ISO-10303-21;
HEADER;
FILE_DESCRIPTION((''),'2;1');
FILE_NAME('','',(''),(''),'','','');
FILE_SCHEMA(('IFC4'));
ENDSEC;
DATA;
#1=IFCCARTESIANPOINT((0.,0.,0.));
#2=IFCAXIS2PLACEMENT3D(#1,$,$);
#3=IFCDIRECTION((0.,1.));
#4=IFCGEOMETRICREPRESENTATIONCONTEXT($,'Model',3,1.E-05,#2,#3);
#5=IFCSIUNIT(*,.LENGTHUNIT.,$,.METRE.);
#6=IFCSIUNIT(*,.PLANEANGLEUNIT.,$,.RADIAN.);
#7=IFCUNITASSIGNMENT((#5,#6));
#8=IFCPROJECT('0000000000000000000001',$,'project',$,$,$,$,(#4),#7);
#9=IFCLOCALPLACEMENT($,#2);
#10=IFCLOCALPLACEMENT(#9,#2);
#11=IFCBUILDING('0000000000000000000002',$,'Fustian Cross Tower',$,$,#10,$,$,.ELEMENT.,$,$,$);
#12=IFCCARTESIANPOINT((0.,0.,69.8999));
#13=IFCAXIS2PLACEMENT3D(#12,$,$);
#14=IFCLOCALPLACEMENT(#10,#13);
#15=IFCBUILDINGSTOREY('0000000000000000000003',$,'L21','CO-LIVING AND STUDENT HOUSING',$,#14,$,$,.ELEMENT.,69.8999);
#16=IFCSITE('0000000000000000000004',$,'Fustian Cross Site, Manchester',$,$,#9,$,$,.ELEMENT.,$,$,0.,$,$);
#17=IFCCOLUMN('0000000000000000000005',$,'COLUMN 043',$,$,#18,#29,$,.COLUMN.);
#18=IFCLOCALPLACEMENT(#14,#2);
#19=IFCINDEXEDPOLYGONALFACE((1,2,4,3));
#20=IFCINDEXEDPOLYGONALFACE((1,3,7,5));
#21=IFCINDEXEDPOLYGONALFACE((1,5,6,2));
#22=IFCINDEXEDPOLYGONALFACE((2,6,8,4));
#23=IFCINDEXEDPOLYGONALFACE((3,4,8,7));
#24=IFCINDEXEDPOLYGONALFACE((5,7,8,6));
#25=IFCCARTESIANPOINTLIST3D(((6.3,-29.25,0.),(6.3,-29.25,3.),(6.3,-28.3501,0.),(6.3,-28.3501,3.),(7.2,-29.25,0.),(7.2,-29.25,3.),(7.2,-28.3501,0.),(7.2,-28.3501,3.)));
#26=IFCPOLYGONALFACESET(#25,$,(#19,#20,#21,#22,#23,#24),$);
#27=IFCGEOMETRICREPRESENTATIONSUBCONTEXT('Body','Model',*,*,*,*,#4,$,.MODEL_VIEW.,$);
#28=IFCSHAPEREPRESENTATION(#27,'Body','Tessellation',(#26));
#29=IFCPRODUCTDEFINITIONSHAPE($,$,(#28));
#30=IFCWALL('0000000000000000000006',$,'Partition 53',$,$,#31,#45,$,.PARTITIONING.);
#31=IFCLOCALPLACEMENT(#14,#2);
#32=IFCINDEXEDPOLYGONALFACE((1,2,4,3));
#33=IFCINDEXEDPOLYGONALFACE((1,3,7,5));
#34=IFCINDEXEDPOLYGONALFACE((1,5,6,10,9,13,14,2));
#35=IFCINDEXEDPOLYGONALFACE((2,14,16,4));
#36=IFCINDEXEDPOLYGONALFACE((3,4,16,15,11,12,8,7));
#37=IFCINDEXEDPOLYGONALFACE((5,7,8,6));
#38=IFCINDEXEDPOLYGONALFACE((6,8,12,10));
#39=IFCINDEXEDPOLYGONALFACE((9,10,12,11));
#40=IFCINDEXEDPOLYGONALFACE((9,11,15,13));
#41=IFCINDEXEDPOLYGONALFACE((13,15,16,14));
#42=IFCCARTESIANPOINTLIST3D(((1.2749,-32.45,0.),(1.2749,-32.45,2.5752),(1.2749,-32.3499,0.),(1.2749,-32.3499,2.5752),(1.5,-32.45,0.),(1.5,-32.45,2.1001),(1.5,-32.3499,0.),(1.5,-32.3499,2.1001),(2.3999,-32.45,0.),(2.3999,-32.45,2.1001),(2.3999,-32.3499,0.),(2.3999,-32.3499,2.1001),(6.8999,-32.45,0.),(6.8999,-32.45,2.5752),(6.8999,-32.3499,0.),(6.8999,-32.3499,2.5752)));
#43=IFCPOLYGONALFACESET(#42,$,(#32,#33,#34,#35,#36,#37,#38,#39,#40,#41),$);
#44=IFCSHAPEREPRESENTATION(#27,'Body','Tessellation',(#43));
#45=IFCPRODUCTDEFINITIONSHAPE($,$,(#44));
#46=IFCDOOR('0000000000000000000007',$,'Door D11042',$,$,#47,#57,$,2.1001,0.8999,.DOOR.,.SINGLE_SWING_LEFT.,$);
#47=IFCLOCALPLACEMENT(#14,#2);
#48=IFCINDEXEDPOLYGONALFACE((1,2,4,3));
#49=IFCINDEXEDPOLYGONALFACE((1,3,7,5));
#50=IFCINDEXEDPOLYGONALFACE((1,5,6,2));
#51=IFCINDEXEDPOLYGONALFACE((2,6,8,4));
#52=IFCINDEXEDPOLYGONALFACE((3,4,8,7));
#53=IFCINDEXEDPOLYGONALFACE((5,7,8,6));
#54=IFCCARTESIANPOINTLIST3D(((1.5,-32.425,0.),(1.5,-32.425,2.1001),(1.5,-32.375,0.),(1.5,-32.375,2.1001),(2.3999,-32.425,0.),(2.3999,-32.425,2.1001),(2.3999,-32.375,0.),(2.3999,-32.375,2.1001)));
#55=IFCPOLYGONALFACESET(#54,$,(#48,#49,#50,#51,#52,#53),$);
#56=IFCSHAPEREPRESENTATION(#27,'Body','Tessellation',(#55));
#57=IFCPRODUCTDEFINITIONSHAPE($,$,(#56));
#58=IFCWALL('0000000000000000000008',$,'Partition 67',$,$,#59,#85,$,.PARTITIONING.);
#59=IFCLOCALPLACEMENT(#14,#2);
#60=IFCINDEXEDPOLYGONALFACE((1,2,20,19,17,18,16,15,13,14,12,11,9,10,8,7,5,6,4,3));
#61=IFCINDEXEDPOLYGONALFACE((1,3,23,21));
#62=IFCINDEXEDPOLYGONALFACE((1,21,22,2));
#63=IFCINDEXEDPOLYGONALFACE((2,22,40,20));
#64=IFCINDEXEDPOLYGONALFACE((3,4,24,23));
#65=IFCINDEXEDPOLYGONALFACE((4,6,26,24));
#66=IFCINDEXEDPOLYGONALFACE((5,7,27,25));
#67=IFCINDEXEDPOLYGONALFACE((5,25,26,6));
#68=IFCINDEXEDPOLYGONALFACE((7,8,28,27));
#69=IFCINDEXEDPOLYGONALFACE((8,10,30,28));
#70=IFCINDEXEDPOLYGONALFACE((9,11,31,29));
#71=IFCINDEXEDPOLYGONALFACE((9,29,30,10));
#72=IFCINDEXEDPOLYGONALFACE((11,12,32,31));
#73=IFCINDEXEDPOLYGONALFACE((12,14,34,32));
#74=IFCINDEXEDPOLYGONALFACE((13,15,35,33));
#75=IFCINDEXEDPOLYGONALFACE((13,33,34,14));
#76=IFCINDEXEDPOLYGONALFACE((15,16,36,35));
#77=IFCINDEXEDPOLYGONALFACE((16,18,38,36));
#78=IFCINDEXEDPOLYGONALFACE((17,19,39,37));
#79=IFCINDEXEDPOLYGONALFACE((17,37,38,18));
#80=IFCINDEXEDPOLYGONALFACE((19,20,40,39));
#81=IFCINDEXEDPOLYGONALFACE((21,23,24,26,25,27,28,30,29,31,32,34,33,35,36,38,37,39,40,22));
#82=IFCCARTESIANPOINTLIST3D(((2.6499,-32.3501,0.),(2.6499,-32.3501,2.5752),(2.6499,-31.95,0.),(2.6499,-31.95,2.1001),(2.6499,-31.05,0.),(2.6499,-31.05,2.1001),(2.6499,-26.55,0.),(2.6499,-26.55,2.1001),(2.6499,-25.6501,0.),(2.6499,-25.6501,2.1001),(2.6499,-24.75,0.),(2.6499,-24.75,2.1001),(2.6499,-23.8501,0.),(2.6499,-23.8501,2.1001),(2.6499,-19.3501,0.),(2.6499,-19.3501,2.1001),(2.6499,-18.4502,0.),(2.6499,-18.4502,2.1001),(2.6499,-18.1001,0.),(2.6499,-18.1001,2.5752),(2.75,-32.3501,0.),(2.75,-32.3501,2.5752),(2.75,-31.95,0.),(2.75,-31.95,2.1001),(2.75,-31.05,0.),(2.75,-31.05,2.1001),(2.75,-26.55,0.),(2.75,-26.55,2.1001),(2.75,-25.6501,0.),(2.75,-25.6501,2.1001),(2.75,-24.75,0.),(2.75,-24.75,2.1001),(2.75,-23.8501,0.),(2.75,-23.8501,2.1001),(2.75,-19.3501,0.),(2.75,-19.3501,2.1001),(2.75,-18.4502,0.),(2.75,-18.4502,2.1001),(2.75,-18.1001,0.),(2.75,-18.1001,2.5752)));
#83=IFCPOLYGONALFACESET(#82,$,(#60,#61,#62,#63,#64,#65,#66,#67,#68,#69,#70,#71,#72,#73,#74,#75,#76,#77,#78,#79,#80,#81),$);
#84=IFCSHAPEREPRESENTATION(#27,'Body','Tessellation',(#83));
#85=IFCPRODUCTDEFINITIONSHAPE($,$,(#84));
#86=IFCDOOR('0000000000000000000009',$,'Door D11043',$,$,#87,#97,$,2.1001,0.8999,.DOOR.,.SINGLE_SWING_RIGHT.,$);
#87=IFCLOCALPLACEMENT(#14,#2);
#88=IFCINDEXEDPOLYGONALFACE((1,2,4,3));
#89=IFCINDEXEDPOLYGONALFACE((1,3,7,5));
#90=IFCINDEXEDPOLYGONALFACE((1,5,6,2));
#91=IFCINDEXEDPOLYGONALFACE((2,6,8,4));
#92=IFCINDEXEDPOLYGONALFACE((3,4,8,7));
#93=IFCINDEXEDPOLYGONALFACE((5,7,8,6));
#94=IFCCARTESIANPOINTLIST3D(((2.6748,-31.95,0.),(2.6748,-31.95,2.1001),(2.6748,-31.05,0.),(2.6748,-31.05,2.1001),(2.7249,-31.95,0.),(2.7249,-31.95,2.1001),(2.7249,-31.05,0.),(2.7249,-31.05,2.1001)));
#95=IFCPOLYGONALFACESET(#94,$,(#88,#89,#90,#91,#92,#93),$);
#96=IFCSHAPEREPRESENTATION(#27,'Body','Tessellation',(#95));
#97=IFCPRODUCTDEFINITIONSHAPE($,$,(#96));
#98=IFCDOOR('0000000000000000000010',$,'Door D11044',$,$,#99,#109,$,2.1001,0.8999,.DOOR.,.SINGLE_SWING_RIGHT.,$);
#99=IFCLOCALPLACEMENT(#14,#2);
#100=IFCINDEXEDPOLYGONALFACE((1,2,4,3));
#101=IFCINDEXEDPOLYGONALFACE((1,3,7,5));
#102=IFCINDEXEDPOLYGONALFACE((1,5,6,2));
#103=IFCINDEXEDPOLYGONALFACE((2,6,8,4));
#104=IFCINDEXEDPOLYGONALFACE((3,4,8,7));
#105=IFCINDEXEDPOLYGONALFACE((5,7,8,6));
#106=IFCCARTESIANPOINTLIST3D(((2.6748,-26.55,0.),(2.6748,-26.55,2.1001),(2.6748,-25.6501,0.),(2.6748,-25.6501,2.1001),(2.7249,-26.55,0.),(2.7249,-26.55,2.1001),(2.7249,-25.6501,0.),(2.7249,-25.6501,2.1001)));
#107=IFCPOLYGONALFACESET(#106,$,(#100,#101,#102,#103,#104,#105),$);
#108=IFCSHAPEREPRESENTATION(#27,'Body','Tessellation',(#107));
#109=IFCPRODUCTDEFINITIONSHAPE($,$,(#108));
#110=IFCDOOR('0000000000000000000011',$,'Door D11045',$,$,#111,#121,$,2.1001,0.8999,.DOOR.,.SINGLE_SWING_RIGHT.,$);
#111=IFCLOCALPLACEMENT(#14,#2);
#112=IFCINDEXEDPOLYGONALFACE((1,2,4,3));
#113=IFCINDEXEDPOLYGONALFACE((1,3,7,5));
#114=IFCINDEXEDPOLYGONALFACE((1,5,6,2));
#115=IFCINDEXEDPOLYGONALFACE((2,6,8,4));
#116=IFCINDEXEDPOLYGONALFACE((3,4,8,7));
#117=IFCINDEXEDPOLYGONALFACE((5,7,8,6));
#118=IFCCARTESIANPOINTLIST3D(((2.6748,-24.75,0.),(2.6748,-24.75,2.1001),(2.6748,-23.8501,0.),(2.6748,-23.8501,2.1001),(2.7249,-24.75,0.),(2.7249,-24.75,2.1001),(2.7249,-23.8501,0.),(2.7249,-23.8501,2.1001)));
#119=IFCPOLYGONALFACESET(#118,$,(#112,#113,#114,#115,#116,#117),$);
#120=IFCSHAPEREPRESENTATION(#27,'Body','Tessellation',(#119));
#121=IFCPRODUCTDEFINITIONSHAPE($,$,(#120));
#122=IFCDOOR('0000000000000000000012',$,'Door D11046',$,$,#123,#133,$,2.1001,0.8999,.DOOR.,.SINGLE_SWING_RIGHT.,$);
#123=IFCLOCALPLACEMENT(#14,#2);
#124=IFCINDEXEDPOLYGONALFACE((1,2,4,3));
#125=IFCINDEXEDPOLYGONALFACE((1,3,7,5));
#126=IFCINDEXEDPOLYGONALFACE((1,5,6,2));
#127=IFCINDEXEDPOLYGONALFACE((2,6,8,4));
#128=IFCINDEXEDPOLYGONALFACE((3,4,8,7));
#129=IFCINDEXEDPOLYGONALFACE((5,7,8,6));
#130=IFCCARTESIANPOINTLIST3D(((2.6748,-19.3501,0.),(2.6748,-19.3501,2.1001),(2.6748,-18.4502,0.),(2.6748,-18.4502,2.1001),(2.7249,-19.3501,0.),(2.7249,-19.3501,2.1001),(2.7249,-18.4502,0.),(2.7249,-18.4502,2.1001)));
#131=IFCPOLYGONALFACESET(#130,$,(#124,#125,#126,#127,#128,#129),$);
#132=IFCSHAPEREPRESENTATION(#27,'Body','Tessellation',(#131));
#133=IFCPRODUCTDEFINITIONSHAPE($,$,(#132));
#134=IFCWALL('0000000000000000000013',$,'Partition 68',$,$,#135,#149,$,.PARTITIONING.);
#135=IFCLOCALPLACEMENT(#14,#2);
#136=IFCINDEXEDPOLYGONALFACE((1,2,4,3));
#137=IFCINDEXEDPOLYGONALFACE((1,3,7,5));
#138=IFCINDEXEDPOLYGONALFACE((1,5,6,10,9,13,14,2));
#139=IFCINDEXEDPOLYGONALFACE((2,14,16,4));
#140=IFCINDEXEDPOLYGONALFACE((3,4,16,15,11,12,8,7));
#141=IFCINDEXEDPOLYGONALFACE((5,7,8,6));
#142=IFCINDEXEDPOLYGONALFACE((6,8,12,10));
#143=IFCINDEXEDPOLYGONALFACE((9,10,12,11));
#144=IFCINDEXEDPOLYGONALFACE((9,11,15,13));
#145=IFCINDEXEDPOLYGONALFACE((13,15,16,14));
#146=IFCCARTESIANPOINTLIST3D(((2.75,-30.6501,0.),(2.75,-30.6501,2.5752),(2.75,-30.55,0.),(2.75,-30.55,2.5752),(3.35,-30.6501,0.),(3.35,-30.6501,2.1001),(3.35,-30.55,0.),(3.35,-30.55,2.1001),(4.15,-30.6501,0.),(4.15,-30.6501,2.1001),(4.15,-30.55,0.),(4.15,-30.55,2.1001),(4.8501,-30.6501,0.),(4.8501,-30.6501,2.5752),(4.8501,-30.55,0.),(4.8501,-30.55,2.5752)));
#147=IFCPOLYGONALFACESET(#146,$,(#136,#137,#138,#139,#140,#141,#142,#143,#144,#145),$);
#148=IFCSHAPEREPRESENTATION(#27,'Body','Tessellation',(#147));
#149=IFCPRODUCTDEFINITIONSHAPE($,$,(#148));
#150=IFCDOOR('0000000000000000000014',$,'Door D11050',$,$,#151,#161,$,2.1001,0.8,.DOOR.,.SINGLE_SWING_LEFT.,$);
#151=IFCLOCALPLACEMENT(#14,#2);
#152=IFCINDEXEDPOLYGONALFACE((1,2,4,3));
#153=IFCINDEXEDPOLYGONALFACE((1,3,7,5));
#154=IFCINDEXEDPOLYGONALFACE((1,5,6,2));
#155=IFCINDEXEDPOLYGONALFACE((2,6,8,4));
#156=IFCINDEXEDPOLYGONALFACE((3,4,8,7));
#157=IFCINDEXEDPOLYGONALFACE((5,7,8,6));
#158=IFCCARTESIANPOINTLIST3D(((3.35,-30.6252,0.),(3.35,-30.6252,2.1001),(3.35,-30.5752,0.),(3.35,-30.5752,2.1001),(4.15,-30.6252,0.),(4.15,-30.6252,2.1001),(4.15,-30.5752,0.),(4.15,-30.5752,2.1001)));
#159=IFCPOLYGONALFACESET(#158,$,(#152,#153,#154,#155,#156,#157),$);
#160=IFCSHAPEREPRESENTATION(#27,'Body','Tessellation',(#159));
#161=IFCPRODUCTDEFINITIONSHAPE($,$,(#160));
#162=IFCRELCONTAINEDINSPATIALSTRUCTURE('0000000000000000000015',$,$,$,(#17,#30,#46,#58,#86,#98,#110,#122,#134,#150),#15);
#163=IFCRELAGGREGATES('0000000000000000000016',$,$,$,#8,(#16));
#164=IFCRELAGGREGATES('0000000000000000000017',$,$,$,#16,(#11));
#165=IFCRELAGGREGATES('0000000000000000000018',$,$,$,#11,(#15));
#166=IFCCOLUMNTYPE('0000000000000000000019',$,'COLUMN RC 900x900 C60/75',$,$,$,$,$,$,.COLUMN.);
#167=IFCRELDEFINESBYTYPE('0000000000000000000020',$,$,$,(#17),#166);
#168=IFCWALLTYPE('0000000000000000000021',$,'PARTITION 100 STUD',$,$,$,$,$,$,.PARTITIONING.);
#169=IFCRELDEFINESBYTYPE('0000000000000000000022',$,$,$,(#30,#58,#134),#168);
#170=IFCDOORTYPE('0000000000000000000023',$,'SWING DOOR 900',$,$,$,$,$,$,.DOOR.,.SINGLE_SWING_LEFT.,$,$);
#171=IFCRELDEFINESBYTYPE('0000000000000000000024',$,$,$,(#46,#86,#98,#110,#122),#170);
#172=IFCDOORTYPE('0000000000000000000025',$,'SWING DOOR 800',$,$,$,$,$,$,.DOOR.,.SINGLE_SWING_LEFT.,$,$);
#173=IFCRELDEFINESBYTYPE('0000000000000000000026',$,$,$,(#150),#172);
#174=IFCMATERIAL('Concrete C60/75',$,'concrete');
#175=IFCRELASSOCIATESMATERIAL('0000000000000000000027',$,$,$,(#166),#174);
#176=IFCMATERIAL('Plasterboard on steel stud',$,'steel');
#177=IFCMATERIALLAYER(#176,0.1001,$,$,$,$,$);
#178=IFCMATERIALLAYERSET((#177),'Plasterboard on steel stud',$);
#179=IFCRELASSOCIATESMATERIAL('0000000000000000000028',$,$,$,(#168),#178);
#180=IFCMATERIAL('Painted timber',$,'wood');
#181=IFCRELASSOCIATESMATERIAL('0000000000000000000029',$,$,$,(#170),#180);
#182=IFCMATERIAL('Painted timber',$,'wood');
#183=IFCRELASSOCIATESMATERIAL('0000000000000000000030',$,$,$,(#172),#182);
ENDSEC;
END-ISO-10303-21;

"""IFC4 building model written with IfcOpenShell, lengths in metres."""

from ifc_helpers import new_model, si_unit, direction, frame, frame_2d, origin, origin_2d, place, context, subcontext, project, spatial, rectangle, extrude, material, layer, layer_set, material_profile, profile_set, type_object, element, fill, save


model = new_model("IFC4")

# Units and contexts
model_context = context("Model", 3, precision=1e-05, world=origin(), true_north=direction((0.0, 1.0)))
body_context = subcontext(model_context, "Body", "Model", "MODEL_VIEW")
ifc_project = project(units=[si_unit("LENGTHUNIT", "METRE"), si_unit("PLANEANGLEUNIT", "RADIAN")], contexts=[model_context])

# Site, building, storey
site_placement = place(None, origin())
site = spatial("IfcSite", under=ifc_project, at=site_placement, Name="Fustian Cross Site, Manchester", CompositionType="ELEMENT", RefElevation=0.0)
building_placement = place(site_placement, origin())
building = spatial("IfcBuilding", under=site, at=building_placement, Name="Fustian Cross Tower", CompositionType="ELEMENT")
storey_placement = place(building_placement, frame((0.0, 0.0, 69.8999)))
storey = spatial("IfcBuildingStorey", under=building, at=storey_placement, Name="L21", Description="CO-LIVING AND STUDENT HOUSING", CompositionType="ELEMENT", Elevation=69.8999)

# Column
ifc_material_1 = material(Name="Concrete C60/75", Category="concrete")
ifc_material_profile = material_profile(ifc_material_1, rectangle(XDim=0.8999, YDim=0.8999, at=origin_2d()), Name="RC 900x900")
ifc_profile_set = profile_set([ifc_material_profile], Name="Concrete C60/75")
column_type = type_object("IfcColumnType", Name="COLUMN RC 900x900 C60/75", PredefinedType="COLUMN", material=ifc_profile_set)
column_placement = place(storey_placement, frame((6.75, -28.8, 0.0), z_axis=(0.0, 0.0, 1.0), x_axis=(1.0, 0.0, 0.0)))
element("IfcColumn", 1, at=column_placement, inside=storey, type_object=column_type, Name="COLUMN 043", PredefinedType="COLUMN", context=body_context, shape_type="SweptSolid", body=[
    extrude(rectangle(XDim=0.8999, YDim=0.8999, at=origin_2d()), origin(), (0.0, 0.0, 1.0), 3.0),
])

# Wall, opening, door
ifc_material_2 = material(Name="Plasterboard on steel stud", Category="steel")
ifc_layer = layer(ifc_material_2, 0.1001)
ifc_layer_set = layer_set([ifc_layer], Name="Plasterboard on steel stud")
wall_type = type_object("IfcWallType", Name="PARTITION 100 STUD", PredefinedType="PARTITIONING", material=ifc_layer_set)
wall_1_placement = place(storey_placement, frame((1.2749, -32.3999, 0.0), z_axis=(0.0, 0.0, 1.0), x_axis=(1.0, 0.0, 0.0)))
wall_1 = element("IfcWall", 2, at=wall_1_placement, inside=storey, type_object=wall_type, Name="Partition 53", PredefinedType="PARTITIONING", context=body_context, shape_type="SweptSolid", body=[
    extrude(rectangle(XDim=5.625, YDim=0.1001, at=frame_2d((2.8125, 0.0))), origin(), (0.0, 0.0, 1.0), 2.5752),
])
opening_1_placement = place(wall_1_placement, frame((0.2251, 0.0, 0.0)))
opening_1 = element("IfcOpeningElement", 3, at=opening_1_placement, cuts=wall_1, PredefinedType="OPENING", context=body_context, shape_type="SweptSolid", body=[
    extrude(rectangle(XDim=0.8999, YDim=2.1001, at=frame_2d((0.45, 1.05))), frame((0.0, 0.0601, 0.0), z_axis=(0.0, -1.0, 0.0), x_axis=(1.0, 0.0, 0.0)), (0.0, 0.0, 1.0), 0.1201),
])
ifc_material_3 = material(Name="Painted timber", Category="wood")
door_type_1 = type_object("IfcDoorType", Name="SWING DOOR 900", OperationType="SINGLE_SWING_LEFT", PredefinedType="DOOR", material=ifc_material_3)
door_1_placement = place(opening_1_placement, origin())
door_1 = element("IfcDoor", 4, at=door_1_placement, inside=storey, type_object=door_type_1, Name="Door D11042", OperationType="SINGLE_SWING_LEFT", OverallHeight=2.1001, OverallWidth=0.8999, PredefinedType="DOOR", context=body_context, shape_type="SweptSolid", body=[
    extrude(rectangle(XDim=0.8999, YDim=2.1001, at=frame_2d((0.45, 1.05))), frame((0.0, 0.0249, 0.0), z_axis=(0.0, -1.0, 0.0), x_axis=(1.0, 0.0, 0.0)), (0.0, 0.0, 1.0), 0.05),
])
fill(opening_1, door_1)

# Wall, openings, doors
wall_2_placement = place(storey_placement, frame((2.7, -32.3501, 0.0), z_axis=(0.0, 0.0, 1.0), x_axis=(0.0, 1.0, 0.0)))
wall_2 = element("IfcWall", 5, at=wall_2_placement, inside=storey, type_object=wall_type, Name="Partition 67", PredefinedType="PARTITIONING", context=body_context, shape_type="SweptSolid", body=[
    extrude(rectangle(XDim=14.25, YDim=0.1001, at=frame_2d((7.125, 0.0))), origin(), (0.0, 0.0, 1.0), 2.5752),
])
opening_2_placement = place(wall_2_placement, frame((0.4001, 0.0, 0.0)))
opening_2 = element("IfcOpeningElement", 6, at=opening_2_placement, cuts=wall_2, PredefinedType="OPENING", context=body_context, shape_type="SweptSolid", body=[
    extrude(rectangle(XDim=0.8999, YDim=2.1001, at=frame_2d((0.45, 1.05))), frame((0.0, 0.0601, 0.0), z_axis=(0.0, -1.0, 0.0), x_axis=(1.0, 0.0, 0.0)), (0.0, 0.0, 1.0), 0.1201),
])
opening_3_placement = place(wall_2_placement, frame((5.8, 0.0, 0.0)))
opening_3 = element("IfcOpeningElement", 7, at=opening_3_placement, cuts=wall_2, PredefinedType="OPENING", context=body_context, shape_type="SweptSolid", body=[
    extrude(rectangle(XDim=0.8999, YDim=2.1001, at=frame_2d((0.45, 1.05))), frame((0.0, 0.0601, 0.0), z_axis=(0.0, -1.0, 0.0), x_axis=(1.0, 0.0, 0.0)), (0.0, 0.0, 1.0), 0.1201),
])
opening_4_placement = place(wall_2_placement, frame((7.6001, 0.0, 0.0)))
opening_4 = element("IfcOpeningElement", 8, at=opening_4_placement, cuts=wall_2, PredefinedType="OPENING", context=body_context, shape_type="SweptSolid", body=[
    extrude(rectangle(XDim=0.8999, YDim=2.1001, at=frame_2d((0.45, 1.05))), frame((0.0, 0.0601, 0.0), z_axis=(0.0, -1.0, 0.0), x_axis=(1.0, 0.0, 0.0)), (0.0, 0.0, 1.0), 0.1201),
])
opening_5_placement = place(wall_2_placement, frame((13.0, 0.0, 0.0)))
opening_5 = element("IfcOpeningElement", 9, at=opening_5_placement, cuts=wall_2, PredefinedType="OPENING", context=body_context, shape_type="SweptSolid", body=[
    extrude(rectangle(XDim=0.8999, YDim=2.1001, at=frame_2d((0.45, 1.05))), frame((0.0, 0.0601, 0.0), z_axis=(0.0, -1.0, 0.0), x_axis=(1.0, 0.0, 0.0)), (0.0, 0.0, 1.0), 0.1201),
])
door_2_placement = place(opening_2_placement, frame((0.8999, 0.0, 0.0), z_axis=(0.0, 0.0, 1.0), x_axis=(-1.0, 0.0, 0.0)))
door_2 = element("IfcDoor", 10, at=door_2_placement, inside=storey, type_object=door_type_1, Name="Door D11043", OperationType="SINGLE_SWING_RIGHT", OverallHeight=2.1001, OverallWidth=0.8999, PredefinedType="DOOR", context=body_context, shape_type="SweptSolid", body=[
    extrude(rectangle(XDim=0.8999, YDim=2.1001, at=frame_2d((0.45, 1.05))), frame((0.0, 0.0249, 0.0), z_axis=(0.0, -1.0, 0.0), x_axis=(1.0, 0.0, 0.0)), (0.0, 0.0, 1.0), 0.05),
])
fill(opening_2, door_2)
door_3_placement = place(opening_3_placement, frame((0.8999, 0.0, 0.0), z_axis=(0.0, 0.0, 1.0), x_axis=(-1.0, 0.0, 0.0)))
door_3 = element("IfcDoor", 11, at=door_3_placement, inside=storey, type_object=door_type_1, Name="Door D11044", OperationType="SINGLE_SWING_RIGHT", OverallHeight=2.1001, OverallWidth=0.8999, PredefinedType="DOOR", context=body_context, shape_type="SweptSolid", body=[
    extrude(rectangle(XDim=0.8999, YDim=2.1001, at=frame_2d((0.45, 1.05))), frame((0.0, 0.0249, 0.0), z_axis=(0.0, -1.0, 0.0), x_axis=(1.0, 0.0, 0.0)), (0.0, 0.0, 1.0), 0.05),
])
fill(opening_3, door_3)
door_4_placement = place(opening_4_placement, frame((0.8999, 0.0, 0.0), z_axis=(0.0, 0.0, 1.0), x_axis=(-1.0, 0.0, 0.0)))
door_4 = element("IfcDoor", 12, at=door_4_placement, inside=storey, type_object=door_type_1, Name="Door D11045", OperationType="SINGLE_SWING_RIGHT", OverallHeight=2.1001, OverallWidth=0.8999, PredefinedType="DOOR", context=body_context, shape_type="SweptSolid", body=[
    extrude(rectangle(XDim=0.8999, YDim=2.1001, at=frame_2d((0.45, 1.05))), frame((0.0, 0.0249, 0.0), z_axis=(0.0, -1.0, 0.0), x_axis=(1.0, 0.0, 0.0)), (0.0, 0.0, 1.0), 0.05),
])
fill(opening_4, door_4)
door_5_placement = place(opening_5_placement, frame((0.8999, 0.0, 0.0), z_axis=(0.0, 0.0, 1.0), x_axis=(-1.0, 0.0, 0.0)))
door_5 = element("IfcDoor", 13, at=door_5_placement, inside=storey, type_object=door_type_1, Name="Door D11046", OperationType="SINGLE_SWING_RIGHT", OverallHeight=2.1001, OverallWidth=0.8999, PredefinedType="DOOR", context=body_context, shape_type="SweptSolid", body=[
    extrude(rectangle(XDim=0.8999, YDim=2.1001, at=frame_2d((0.45, 1.05))), frame((0.0, 0.0249, 0.0), z_axis=(0.0, -1.0, 0.0), x_axis=(1.0, 0.0, 0.0)), (0.0, 0.0, 1.0), 0.05),
])
fill(opening_5, door_5)

# Wall, opening, door
wall_3_placement = place(storey_placement, frame((2.75, -30.6001, 0.0), z_axis=(0.0, 0.0, 1.0), x_axis=(1.0, 0.0, 0.0)))
wall_3 = element("IfcWall", 14, at=wall_3_placement, inside=storey, type_object=wall_type, Name="Partition 68", PredefinedType="PARTITIONING", context=body_context, shape_type="SweptSolid", body=[
    extrude(rectangle(XDim=2.1001, YDim=0.1001, at=frame_2d((1.05, 0.0))), origin(), (0.0, 0.0, 1.0), 2.5752),
])
opening_6_placement = place(wall_3_placement, frame((0.6001, 0.0, 0.0)))
opening_6 = element("IfcOpeningElement", 15, at=opening_6_placement, cuts=wall_3, PredefinedType="OPENING", context=body_context, shape_type="SweptSolid", body=[
    extrude(rectangle(XDim=0.8, YDim=2.1001, at=frame_2d((0.3999, 1.05))), frame((0.0, 0.0601, 0.0), z_axis=(0.0, -1.0, 0.0), x_axis=(1.0, 0.0, 0.0)), (0.0, 0.0, 1.0), 0.1201),
])
ifc_material_4 = material(Name="Painted timber", Category="wood")
door_type_2 = type_object("IfcDoorType", Name="SWING DOOR 800", OperationType="SINGLE_SWING_LEFT", PredefinedType="DOOR", material=ifc_material_4)
door_6_placement = place(opening_6_placement, origin())
door_6 = element("IfcDoor", 16, at=door_6_placement, inside=storey, type_object=door_type_2, Name="Door D11050", OperationType="SINGLE_SWING_LEFT", OverallHeight=2.1001, OverallWidth=0.8, PredefinedType="DOOR", context=body_context, shape_type="SweptSolid", body=[
    extrude(rectangle(XDim=0.8, YDim=2.1001, at=frame_2d((0.3999, 1.05))), frame((0.0, 0.0249, 0.0), z_axis=(0.0, -1.0, 0.0), x_axis=(1.0, 0.0, 0.0)), (0.0, 0.0, 1.0), 0.05),
])
fill(opening_6, door_6)

save(model, "model.ifc")
